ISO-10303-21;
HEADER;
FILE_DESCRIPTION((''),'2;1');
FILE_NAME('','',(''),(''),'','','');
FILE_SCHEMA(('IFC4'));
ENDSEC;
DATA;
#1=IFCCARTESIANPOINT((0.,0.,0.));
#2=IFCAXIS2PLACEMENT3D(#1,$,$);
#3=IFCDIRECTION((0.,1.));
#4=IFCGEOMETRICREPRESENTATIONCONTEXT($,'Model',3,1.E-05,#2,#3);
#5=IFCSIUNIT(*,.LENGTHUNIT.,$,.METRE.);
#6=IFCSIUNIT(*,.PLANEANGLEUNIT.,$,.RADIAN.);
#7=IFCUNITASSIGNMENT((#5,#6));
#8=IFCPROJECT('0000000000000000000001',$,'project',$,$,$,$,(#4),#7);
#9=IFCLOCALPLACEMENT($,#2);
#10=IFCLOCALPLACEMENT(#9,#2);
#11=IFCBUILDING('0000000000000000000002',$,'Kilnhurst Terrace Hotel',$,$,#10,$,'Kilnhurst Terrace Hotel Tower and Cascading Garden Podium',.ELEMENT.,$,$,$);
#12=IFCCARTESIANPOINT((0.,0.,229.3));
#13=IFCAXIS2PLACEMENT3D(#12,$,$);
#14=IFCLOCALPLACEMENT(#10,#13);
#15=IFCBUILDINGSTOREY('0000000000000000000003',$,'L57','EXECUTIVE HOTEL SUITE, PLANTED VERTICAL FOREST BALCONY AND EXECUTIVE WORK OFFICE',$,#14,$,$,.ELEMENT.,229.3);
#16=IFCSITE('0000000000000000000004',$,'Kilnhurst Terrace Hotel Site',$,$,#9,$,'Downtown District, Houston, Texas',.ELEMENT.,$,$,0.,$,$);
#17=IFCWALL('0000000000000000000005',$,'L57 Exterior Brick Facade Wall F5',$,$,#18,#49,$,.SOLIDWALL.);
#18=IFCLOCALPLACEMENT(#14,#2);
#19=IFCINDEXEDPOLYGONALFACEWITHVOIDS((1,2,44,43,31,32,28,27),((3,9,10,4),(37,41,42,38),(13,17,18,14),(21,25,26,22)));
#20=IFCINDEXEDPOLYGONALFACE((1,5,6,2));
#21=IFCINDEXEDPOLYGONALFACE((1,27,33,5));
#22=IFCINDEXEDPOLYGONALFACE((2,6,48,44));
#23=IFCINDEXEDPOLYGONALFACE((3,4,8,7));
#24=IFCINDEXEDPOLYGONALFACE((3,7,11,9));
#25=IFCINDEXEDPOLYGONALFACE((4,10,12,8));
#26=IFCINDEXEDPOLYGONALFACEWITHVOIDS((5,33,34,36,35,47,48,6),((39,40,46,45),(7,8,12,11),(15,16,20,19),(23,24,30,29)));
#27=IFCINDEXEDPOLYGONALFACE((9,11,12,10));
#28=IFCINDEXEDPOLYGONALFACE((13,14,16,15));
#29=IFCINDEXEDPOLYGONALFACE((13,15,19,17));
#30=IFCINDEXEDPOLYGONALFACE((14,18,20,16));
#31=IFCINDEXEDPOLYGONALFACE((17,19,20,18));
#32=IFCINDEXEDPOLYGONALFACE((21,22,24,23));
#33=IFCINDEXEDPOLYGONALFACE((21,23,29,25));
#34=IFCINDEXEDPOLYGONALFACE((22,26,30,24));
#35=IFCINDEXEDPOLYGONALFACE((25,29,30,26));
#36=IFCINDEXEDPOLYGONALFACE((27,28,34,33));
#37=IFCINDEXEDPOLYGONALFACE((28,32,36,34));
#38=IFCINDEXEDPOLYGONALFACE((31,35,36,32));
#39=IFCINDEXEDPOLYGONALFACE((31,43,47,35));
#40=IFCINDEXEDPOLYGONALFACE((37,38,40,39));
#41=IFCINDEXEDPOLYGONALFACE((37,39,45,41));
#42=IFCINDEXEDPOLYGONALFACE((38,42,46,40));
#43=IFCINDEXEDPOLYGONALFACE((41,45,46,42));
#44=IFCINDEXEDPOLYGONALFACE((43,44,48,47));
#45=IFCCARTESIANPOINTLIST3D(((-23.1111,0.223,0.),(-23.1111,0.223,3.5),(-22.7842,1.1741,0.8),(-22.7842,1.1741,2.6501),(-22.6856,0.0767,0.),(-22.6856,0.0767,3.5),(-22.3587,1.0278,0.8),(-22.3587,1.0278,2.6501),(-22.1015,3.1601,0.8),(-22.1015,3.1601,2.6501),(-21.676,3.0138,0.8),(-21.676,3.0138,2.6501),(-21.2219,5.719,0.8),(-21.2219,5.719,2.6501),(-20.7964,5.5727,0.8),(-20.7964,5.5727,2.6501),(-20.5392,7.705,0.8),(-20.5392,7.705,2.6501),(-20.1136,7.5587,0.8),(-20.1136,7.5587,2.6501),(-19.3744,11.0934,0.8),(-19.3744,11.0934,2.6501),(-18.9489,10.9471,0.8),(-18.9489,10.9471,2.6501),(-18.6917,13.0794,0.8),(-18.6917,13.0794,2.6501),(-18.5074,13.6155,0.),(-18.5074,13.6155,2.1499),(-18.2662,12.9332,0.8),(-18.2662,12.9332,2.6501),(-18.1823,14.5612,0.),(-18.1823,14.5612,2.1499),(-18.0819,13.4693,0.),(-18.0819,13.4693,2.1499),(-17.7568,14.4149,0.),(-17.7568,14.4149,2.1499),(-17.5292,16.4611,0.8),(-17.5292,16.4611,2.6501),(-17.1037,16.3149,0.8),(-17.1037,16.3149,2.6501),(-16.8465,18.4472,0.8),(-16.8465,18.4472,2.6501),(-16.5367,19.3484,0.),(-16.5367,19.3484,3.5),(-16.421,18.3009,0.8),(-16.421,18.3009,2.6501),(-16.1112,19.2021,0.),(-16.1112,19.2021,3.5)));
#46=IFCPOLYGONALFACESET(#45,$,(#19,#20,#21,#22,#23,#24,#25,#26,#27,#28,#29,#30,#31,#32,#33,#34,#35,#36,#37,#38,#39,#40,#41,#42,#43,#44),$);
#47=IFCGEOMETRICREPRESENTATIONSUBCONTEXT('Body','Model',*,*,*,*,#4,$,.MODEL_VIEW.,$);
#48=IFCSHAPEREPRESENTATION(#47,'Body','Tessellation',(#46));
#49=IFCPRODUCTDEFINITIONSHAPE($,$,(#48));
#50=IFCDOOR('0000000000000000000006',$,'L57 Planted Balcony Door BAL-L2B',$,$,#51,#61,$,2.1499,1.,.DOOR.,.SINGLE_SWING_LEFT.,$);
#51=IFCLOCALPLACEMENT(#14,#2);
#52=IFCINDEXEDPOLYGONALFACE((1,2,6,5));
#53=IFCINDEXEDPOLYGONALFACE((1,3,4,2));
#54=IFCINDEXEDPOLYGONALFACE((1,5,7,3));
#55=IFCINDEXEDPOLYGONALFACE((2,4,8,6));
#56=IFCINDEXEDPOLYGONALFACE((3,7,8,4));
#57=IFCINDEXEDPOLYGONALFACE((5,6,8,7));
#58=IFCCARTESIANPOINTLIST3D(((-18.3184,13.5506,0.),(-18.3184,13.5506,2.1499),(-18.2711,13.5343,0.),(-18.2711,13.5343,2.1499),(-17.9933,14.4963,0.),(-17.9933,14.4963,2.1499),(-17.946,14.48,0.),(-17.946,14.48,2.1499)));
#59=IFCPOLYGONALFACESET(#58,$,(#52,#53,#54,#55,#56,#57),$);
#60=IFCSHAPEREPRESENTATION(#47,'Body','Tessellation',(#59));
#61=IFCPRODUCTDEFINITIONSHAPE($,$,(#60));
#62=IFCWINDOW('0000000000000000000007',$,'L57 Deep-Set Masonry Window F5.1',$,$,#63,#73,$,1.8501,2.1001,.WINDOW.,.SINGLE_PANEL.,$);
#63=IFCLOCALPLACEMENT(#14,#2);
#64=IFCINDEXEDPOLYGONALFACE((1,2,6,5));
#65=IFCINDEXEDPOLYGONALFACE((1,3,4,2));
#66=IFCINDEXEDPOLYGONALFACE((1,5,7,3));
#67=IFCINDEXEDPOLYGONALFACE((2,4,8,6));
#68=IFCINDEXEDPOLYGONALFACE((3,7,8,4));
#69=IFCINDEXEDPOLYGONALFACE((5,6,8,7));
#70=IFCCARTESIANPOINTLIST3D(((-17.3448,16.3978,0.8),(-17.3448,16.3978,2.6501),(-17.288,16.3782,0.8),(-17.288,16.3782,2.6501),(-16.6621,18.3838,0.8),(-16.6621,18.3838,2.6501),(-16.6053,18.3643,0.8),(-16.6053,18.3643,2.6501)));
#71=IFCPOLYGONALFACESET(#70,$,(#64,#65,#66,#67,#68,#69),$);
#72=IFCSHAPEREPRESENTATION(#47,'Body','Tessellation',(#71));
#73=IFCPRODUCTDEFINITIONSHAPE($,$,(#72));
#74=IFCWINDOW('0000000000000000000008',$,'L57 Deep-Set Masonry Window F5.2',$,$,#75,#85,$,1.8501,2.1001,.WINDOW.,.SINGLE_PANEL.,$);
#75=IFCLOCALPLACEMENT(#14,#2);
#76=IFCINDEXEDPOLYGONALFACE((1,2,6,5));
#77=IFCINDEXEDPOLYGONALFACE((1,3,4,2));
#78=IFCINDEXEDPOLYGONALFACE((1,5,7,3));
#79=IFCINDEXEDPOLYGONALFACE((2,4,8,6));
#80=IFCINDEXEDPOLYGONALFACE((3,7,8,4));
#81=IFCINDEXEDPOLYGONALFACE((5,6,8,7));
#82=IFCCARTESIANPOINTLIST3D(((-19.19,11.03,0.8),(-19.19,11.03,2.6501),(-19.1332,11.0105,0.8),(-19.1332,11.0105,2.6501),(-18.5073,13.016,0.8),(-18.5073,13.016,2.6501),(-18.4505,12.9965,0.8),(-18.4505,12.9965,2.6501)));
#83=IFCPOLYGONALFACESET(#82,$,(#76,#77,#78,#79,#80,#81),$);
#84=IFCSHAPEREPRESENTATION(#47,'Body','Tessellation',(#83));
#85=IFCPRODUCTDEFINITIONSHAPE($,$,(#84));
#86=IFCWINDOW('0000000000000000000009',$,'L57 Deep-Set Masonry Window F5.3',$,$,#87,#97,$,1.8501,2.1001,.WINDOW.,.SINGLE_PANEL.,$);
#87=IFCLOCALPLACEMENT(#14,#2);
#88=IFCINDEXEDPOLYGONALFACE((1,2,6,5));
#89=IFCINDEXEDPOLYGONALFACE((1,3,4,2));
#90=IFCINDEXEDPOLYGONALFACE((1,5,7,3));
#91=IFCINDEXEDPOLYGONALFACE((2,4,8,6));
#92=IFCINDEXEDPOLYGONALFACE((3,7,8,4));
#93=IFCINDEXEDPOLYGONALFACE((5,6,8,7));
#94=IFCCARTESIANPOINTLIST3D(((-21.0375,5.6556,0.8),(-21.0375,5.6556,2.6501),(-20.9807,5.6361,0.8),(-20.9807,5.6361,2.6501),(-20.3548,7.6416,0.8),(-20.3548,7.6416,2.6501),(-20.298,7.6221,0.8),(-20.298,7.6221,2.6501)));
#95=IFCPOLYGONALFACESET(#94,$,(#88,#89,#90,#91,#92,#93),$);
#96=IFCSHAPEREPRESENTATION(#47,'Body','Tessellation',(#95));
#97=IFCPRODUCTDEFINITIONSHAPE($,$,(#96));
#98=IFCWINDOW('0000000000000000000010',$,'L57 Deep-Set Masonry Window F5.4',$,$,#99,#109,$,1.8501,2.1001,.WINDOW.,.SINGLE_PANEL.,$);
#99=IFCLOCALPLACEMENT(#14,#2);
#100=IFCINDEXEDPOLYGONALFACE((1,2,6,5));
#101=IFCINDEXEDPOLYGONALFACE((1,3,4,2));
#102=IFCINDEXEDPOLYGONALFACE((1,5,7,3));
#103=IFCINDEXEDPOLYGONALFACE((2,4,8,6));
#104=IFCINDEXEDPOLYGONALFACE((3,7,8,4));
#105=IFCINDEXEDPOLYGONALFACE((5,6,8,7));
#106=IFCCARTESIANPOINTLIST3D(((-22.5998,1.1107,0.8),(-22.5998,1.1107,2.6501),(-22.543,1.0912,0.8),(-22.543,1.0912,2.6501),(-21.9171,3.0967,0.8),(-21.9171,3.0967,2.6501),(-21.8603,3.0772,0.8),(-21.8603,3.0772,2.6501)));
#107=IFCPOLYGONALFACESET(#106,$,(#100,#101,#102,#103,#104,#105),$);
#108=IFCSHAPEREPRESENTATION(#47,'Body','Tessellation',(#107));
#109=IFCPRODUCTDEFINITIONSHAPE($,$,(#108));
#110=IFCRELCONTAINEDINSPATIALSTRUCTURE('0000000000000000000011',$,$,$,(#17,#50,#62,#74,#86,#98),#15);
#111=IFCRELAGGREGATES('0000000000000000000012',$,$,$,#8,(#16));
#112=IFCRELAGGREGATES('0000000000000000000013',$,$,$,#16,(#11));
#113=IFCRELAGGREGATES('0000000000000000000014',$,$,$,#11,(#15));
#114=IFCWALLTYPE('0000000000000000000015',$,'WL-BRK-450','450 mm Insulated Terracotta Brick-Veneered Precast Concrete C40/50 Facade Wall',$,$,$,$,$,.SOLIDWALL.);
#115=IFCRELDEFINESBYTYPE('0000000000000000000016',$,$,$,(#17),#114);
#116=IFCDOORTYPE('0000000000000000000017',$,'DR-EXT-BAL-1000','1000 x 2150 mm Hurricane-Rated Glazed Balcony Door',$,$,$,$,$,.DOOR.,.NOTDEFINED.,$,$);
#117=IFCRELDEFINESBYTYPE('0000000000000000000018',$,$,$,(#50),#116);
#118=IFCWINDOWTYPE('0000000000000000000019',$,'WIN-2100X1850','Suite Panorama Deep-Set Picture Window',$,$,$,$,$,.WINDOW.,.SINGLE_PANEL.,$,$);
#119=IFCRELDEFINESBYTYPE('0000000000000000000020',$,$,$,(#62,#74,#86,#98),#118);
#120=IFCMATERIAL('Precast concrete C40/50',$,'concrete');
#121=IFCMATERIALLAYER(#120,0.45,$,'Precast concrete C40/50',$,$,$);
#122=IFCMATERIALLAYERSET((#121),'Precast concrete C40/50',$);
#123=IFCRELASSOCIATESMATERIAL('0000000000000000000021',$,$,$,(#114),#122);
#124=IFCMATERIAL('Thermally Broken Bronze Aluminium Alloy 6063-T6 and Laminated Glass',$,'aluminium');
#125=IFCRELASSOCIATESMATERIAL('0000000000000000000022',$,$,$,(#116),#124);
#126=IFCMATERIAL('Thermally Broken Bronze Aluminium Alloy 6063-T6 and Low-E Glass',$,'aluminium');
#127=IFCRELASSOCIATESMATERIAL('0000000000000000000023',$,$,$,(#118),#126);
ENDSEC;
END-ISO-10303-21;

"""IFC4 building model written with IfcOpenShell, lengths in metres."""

from ifc_helpers import new_model, si_unit, direction, frame, frame_2d, origin, place, context, subcontext, project, spatial, rectangle, extrude, material, layer, layer_set, type_object, element, fill, save


model = new_model("IFC4")

# Units and contexts
model_context = context("Model", 3, precision=1e-05, world=origin(), true_north=direction((0.0, 1.0)))
body_context = subcontext(model_context, "Body", "Model", "MODEL_VIEW")
ifc_project = project(units=[si_unit("LENGTHUNIT", "METRE"), si_unit("PLANEANGLEUNIT", "RADIAN")], contexts=[model_context])

# Site, building, storey
site_placement = place(None, origin())
site = spatial("IfcSite", under=ifc_project, at=site_placement, Name="Kilnhurst Terrace Hotel Site", LongName="Downtown District, Houston, Texas", CompositionType="ELEMENT", RefElevation=0.0)
building_placement = place(site_placement, origin())
building = spatial("IfcBuilding", under=site, at=building_placement, Name="Kilnhurst Terrace Hotel", LongName="Kilnhurst Terrace Hotel Tower and Cascading Garden Podium", CompositionType="ELEMENT")
storey_placement = place(building_placement, frame((0.0, 0.0, 229.3)))
storey = spatial("IfcBuildingStorey", under=building, at=storey_placement, Name="L57", Description="EXECUTIVE HOTEL SUITE, PLANTED VERTICAL FOREST BALCONY AND EXECUTIVE WORK OFFICE", CompositionType="ELEMENT", Elevation=229.3)

# Shared definitions
ifc_material_1 = material(Name="Precast concrete C40/50", Category="concrete")
ifc_layer_1 = layer(ifc_material_1, 0.45, Name="Precast concrete C40/50")
ifc_layer_set_1 = layer_set([ifc_layer_1], Name="Precast concrete C40/50")
wall_type_1 = type_object("IfcWallType", Name="WL-BRK-450", Description="450 mm Insulated Terracotta Brick-Veneered Precast Concrete C40/50 Facade Wall", PredefinedType="SOLIDWALL", material=ifc_layer_set_1)

# Wall, openings, door, windows
wall_1_placement = place(storey_placement, frame((-16.324, 19.2751, 0.0), z_axis=(0.0, 0.0, 1.0), x_axis=(-0.325083, -0.945685, 0.0)))
wall_1 = element("IfcWall", 1, at=wall_1_placement, inside=storey, type_object=wall_type_1, Name="L57 Exterior Brick Facade Wall F5", PredefinedType="SOLIDWALL", context=body_context, shape_type="SweptSolid", body=[
    extrude(rectangle(XDim=20.2239, YDim=0.45, at=frame_2d((10.1118, 0.0))), origin(), (0.0, 0.0, 1.0), 3.5),
])
opening_1_placement = place(wall_1_placement, frame((5.062, 0.0, 0.0)))
opening_1 = element("IfcOpeningElement", 2, at=opening_1_placement, cuts=wall_1, PredefinedType="OPENING", context=body_context, shape_type="SweptSolid", body=[
    extrude(rectangle(XDim=1.0, YDim=2.1499, at=frame_2d((0.5, 1.075))), frame((0.0, 0.2349, 0.0), z_axis=(0.0, -1.0, 0.0), x_axis=(1.0, 0.0, 0.0)), (0.0, 0.0, 1.0), 0.47),
])
opening_2_placement = place(wall_1_placement, frame((0.9529, 0.0, 0.8)))
opening_2 = element("IfcOpeningElement", 3, at=opening_2_placement, cuts=wall_1, PredefinedType="OPENING", context=body_context, shape_type="SweptSolid", body=[
    extrude(rectangle(XDim=2.1001, YDim=1.8501, at=frame_2d((1.05, 0.925))), frame((0.0, 0.2349, 0.0), z_axis=(0.0, -1.0, 0.0), x_axis=(1.0, 0.0, 0.0)), (0.0, 0.0, 1.0), 0.47),
])
opening_3_placement = place(wall_1_placement, frame((6.6289, 0.0, 0.8)))
opening_3 = element("IfcOpeningElement", 4, at=opening_3_placement, cuts=wall_1, PredefinedType="OPENING", context=body_context, shape_type="SweptSolid", body=[
    extrude(rectangle(XDim=2.1001, YDim=1.8501, at=frame_2d((1.05, 0.925))), frame((0.0, 0.2349, 0.0), z_axis=(0.0, -1.0, 0.0), x_axis=(1.0, 0.0, 0.0)), (0.0, 0.0, 1.0), 0.47),
])
opening_4_placement = place(wall_1_placement, frame((12.312, 0.0, 0.8)))
opening_4 = element("IfcOpeningElement", 5, at=opening_4_placement, cuts=wall_1, PredefinedType="OPENING", context=body_context, shape_type="SweptSolid", body=[
    extrude(rectangle(XDim=2.1001, YDim=1.8501, at=frame_2d((1.05, 0.925))), frame((0.0, 0.2349, 0.0), z_axis=(0.0, -1.0, 0.0), x_axis=(1.0, 0.0, 0.0)), (0.0, 0.0, 1.0), 0.47),
])
opening_5_placement = place(wall_1_placement, frame((17.1179, 0.0, 0.8)))
opening_5 = element("IfcOpeningElement", 6, at=opening_5_placement, cuts=wall_1, PredefinedType="OPENING", context=body_context, shape_type="SweptSolid", body=[
    extrude(rectangle(XDim=2.1001, YDim=1.8501, at=frame_2d((1.05, 0.925))), frame((0.0, 0.2349, 0.0), z_axis=(0.0, -1.0, 0.0), x_axis=(1.0, 0.0, 0.0)), (0.0, 0.0, 1.0), 0.47),
])
ifc_material_2 = material(Name="Thermally Broken Bronze Aluminium Alloy 6063-T6 and Laminated Glass", Category="aluminium")
door_type_1 = type_object("IfcDoorType", Name="DR-EXT-BAL-1000", Description="1000 x 2150 mm Hurricane-Rated Glazed Balcony Door", OperationType="NOTDEFINED", PredefinedType="DOOR", material=ifc_material_2)
door_1_placement = place(opening_1_placement, origin())
door_1 = element("IfcDoor", 7, at=door_1_placement, inside=storey, type_object=door_type_1, Name="L57 Planted Balcony Door BAL-L2B", OperationType="SINGLE_SWING_LEFT", OverallHeight=2.1499, OverallWidth=1.0, PredefinedType="DOOR", context=body_context, shape_type="SweptSolid", body=[
    extrude(rectangle(XDim=1.0, YDim=2.1499, at=frame_2d((0.5, 1.075))), frame((0.0, 0.0249, 0.0), z_axis=(0.0, -1.0, 0.0), x_axis=(1.0, 0.0, 0.0)), (0.0, 0.0, 1.0), 0.05),
])
fill(opening_1, door_1)
ifc_material_3 = material(Name="Thermally Broken Bronze Aluminium Alloy 6063-T6 and Low-E Glass", Category="aluminium")
window_type = type_object("IfcWindowType", Name="WIN-2100X1850", Description="Suite Panorama Deep-Set Picture Window", PartitioningType="SINGLE_PANEL", PredefinedType="WINDOW", material=ifc_material_3)
window_1_placement = place(opening_2_placement, origin())
window_1 = element("IfcWindow", 8, at=window_1_placement, inside=storey, type_object=window_type, Name="L57 Deep-Set Masonry Window F5.1", OverallHeight=1.8501, OverallWidth=2.1001, PartitioningType="SINGLE_PANEL", PredefinedType="WINDOW", context=body_context, shape_type="SweptSolid", body=[
    extrude(rectangle(XDim=2.1001, YDim=1.8501, at=frame_2d((1.05, 0.925))), frame((0.0, 0.03, 0.0), z_axis=(0.0, -1.0, 0.0), x_axis=(1.0, 0.0, 0.0)), (0.0, 0.0, 1.0), 0.0601),
])
fill(opening_2, window_1)
window_2_placement = place(opening_3_placement, origin())
window_2 = element("IfcWindow", 9, at=window_2_placement, inside=storey, type_object=window_type, Name="L57 Deep-Set Masonry Window F5.2", OverallHeight=1.8501, OverallWidth=2.1001, PartitioningType="SINGLE_PANEL", PredefinedType="WINDOW", context=body_context, shape_type="SweptSolid", body=[
    extrude(rectangle(XDim=2.1001, YDim=1.8501, at=frame_2d((1.05, 0.925))), frame((0.0, 0.03, 0.0), z_axis=(0.0, -1.0, 0.0), x_axis=(1.0, 0.0, 0.0)), (0.0, 0.0, 1.0), 0.0601),
])
fill(opening_3, window_2)
window_3_placement = place(opening_4_placement, origin())
window_3 = element("IfcWindow", 10, at=window_3_placement, inside=storey, type_object=window_type, Name="L57 Deep-Set Masonry Window F5.3", OverallHeight=1.8501, OverallWidth=2.1001, PartitioningType="SINGLE_PANEL", PredefinedType="WINDOW", context=body_context, shape_type="SweptSolid", body=[
    extrude(rectangle(XDim=2.1001, YDim=1.8501, at=frame_2d((1.05, 0.925))), frame((0.0, 0.03, 0.0), z_axis=(0.0, -1.0, 0.0), x_axis=(1.0, 0.0, 0.0)), (0.0, 0.0, 1.0), 0.0601),
])
fill(opening_4, window_3)
window_4_placement = place(opening_5_placement, origin())
window_4 = element("IfcWindow", 11, at=window_4_placement, inside=storey, type_object=window_type, Name="L57 Deep-Set Masonry Window F5.4", OverallHeight=1.8501, OverallWidth=2.1001, PartitioningType="SINGLE_PANEL", PredefinedType="WINDOW", context=body_context, shape_type="SweptSolid", body=[
    extrude(rectangle(XDim=2.1001, YDim=1.8501, at=frame_2d((1.05, 0.925))), frame((0.0, 0.03, 0.0), z_axis=(0.0, -1.0, 0.0), x_axis=(1.0, 0.0, 0.0)), (0.0, 0.0, 1.0), 0.0601),
])
fill(opening_5, window_4)

save(model, "model.ifc")
